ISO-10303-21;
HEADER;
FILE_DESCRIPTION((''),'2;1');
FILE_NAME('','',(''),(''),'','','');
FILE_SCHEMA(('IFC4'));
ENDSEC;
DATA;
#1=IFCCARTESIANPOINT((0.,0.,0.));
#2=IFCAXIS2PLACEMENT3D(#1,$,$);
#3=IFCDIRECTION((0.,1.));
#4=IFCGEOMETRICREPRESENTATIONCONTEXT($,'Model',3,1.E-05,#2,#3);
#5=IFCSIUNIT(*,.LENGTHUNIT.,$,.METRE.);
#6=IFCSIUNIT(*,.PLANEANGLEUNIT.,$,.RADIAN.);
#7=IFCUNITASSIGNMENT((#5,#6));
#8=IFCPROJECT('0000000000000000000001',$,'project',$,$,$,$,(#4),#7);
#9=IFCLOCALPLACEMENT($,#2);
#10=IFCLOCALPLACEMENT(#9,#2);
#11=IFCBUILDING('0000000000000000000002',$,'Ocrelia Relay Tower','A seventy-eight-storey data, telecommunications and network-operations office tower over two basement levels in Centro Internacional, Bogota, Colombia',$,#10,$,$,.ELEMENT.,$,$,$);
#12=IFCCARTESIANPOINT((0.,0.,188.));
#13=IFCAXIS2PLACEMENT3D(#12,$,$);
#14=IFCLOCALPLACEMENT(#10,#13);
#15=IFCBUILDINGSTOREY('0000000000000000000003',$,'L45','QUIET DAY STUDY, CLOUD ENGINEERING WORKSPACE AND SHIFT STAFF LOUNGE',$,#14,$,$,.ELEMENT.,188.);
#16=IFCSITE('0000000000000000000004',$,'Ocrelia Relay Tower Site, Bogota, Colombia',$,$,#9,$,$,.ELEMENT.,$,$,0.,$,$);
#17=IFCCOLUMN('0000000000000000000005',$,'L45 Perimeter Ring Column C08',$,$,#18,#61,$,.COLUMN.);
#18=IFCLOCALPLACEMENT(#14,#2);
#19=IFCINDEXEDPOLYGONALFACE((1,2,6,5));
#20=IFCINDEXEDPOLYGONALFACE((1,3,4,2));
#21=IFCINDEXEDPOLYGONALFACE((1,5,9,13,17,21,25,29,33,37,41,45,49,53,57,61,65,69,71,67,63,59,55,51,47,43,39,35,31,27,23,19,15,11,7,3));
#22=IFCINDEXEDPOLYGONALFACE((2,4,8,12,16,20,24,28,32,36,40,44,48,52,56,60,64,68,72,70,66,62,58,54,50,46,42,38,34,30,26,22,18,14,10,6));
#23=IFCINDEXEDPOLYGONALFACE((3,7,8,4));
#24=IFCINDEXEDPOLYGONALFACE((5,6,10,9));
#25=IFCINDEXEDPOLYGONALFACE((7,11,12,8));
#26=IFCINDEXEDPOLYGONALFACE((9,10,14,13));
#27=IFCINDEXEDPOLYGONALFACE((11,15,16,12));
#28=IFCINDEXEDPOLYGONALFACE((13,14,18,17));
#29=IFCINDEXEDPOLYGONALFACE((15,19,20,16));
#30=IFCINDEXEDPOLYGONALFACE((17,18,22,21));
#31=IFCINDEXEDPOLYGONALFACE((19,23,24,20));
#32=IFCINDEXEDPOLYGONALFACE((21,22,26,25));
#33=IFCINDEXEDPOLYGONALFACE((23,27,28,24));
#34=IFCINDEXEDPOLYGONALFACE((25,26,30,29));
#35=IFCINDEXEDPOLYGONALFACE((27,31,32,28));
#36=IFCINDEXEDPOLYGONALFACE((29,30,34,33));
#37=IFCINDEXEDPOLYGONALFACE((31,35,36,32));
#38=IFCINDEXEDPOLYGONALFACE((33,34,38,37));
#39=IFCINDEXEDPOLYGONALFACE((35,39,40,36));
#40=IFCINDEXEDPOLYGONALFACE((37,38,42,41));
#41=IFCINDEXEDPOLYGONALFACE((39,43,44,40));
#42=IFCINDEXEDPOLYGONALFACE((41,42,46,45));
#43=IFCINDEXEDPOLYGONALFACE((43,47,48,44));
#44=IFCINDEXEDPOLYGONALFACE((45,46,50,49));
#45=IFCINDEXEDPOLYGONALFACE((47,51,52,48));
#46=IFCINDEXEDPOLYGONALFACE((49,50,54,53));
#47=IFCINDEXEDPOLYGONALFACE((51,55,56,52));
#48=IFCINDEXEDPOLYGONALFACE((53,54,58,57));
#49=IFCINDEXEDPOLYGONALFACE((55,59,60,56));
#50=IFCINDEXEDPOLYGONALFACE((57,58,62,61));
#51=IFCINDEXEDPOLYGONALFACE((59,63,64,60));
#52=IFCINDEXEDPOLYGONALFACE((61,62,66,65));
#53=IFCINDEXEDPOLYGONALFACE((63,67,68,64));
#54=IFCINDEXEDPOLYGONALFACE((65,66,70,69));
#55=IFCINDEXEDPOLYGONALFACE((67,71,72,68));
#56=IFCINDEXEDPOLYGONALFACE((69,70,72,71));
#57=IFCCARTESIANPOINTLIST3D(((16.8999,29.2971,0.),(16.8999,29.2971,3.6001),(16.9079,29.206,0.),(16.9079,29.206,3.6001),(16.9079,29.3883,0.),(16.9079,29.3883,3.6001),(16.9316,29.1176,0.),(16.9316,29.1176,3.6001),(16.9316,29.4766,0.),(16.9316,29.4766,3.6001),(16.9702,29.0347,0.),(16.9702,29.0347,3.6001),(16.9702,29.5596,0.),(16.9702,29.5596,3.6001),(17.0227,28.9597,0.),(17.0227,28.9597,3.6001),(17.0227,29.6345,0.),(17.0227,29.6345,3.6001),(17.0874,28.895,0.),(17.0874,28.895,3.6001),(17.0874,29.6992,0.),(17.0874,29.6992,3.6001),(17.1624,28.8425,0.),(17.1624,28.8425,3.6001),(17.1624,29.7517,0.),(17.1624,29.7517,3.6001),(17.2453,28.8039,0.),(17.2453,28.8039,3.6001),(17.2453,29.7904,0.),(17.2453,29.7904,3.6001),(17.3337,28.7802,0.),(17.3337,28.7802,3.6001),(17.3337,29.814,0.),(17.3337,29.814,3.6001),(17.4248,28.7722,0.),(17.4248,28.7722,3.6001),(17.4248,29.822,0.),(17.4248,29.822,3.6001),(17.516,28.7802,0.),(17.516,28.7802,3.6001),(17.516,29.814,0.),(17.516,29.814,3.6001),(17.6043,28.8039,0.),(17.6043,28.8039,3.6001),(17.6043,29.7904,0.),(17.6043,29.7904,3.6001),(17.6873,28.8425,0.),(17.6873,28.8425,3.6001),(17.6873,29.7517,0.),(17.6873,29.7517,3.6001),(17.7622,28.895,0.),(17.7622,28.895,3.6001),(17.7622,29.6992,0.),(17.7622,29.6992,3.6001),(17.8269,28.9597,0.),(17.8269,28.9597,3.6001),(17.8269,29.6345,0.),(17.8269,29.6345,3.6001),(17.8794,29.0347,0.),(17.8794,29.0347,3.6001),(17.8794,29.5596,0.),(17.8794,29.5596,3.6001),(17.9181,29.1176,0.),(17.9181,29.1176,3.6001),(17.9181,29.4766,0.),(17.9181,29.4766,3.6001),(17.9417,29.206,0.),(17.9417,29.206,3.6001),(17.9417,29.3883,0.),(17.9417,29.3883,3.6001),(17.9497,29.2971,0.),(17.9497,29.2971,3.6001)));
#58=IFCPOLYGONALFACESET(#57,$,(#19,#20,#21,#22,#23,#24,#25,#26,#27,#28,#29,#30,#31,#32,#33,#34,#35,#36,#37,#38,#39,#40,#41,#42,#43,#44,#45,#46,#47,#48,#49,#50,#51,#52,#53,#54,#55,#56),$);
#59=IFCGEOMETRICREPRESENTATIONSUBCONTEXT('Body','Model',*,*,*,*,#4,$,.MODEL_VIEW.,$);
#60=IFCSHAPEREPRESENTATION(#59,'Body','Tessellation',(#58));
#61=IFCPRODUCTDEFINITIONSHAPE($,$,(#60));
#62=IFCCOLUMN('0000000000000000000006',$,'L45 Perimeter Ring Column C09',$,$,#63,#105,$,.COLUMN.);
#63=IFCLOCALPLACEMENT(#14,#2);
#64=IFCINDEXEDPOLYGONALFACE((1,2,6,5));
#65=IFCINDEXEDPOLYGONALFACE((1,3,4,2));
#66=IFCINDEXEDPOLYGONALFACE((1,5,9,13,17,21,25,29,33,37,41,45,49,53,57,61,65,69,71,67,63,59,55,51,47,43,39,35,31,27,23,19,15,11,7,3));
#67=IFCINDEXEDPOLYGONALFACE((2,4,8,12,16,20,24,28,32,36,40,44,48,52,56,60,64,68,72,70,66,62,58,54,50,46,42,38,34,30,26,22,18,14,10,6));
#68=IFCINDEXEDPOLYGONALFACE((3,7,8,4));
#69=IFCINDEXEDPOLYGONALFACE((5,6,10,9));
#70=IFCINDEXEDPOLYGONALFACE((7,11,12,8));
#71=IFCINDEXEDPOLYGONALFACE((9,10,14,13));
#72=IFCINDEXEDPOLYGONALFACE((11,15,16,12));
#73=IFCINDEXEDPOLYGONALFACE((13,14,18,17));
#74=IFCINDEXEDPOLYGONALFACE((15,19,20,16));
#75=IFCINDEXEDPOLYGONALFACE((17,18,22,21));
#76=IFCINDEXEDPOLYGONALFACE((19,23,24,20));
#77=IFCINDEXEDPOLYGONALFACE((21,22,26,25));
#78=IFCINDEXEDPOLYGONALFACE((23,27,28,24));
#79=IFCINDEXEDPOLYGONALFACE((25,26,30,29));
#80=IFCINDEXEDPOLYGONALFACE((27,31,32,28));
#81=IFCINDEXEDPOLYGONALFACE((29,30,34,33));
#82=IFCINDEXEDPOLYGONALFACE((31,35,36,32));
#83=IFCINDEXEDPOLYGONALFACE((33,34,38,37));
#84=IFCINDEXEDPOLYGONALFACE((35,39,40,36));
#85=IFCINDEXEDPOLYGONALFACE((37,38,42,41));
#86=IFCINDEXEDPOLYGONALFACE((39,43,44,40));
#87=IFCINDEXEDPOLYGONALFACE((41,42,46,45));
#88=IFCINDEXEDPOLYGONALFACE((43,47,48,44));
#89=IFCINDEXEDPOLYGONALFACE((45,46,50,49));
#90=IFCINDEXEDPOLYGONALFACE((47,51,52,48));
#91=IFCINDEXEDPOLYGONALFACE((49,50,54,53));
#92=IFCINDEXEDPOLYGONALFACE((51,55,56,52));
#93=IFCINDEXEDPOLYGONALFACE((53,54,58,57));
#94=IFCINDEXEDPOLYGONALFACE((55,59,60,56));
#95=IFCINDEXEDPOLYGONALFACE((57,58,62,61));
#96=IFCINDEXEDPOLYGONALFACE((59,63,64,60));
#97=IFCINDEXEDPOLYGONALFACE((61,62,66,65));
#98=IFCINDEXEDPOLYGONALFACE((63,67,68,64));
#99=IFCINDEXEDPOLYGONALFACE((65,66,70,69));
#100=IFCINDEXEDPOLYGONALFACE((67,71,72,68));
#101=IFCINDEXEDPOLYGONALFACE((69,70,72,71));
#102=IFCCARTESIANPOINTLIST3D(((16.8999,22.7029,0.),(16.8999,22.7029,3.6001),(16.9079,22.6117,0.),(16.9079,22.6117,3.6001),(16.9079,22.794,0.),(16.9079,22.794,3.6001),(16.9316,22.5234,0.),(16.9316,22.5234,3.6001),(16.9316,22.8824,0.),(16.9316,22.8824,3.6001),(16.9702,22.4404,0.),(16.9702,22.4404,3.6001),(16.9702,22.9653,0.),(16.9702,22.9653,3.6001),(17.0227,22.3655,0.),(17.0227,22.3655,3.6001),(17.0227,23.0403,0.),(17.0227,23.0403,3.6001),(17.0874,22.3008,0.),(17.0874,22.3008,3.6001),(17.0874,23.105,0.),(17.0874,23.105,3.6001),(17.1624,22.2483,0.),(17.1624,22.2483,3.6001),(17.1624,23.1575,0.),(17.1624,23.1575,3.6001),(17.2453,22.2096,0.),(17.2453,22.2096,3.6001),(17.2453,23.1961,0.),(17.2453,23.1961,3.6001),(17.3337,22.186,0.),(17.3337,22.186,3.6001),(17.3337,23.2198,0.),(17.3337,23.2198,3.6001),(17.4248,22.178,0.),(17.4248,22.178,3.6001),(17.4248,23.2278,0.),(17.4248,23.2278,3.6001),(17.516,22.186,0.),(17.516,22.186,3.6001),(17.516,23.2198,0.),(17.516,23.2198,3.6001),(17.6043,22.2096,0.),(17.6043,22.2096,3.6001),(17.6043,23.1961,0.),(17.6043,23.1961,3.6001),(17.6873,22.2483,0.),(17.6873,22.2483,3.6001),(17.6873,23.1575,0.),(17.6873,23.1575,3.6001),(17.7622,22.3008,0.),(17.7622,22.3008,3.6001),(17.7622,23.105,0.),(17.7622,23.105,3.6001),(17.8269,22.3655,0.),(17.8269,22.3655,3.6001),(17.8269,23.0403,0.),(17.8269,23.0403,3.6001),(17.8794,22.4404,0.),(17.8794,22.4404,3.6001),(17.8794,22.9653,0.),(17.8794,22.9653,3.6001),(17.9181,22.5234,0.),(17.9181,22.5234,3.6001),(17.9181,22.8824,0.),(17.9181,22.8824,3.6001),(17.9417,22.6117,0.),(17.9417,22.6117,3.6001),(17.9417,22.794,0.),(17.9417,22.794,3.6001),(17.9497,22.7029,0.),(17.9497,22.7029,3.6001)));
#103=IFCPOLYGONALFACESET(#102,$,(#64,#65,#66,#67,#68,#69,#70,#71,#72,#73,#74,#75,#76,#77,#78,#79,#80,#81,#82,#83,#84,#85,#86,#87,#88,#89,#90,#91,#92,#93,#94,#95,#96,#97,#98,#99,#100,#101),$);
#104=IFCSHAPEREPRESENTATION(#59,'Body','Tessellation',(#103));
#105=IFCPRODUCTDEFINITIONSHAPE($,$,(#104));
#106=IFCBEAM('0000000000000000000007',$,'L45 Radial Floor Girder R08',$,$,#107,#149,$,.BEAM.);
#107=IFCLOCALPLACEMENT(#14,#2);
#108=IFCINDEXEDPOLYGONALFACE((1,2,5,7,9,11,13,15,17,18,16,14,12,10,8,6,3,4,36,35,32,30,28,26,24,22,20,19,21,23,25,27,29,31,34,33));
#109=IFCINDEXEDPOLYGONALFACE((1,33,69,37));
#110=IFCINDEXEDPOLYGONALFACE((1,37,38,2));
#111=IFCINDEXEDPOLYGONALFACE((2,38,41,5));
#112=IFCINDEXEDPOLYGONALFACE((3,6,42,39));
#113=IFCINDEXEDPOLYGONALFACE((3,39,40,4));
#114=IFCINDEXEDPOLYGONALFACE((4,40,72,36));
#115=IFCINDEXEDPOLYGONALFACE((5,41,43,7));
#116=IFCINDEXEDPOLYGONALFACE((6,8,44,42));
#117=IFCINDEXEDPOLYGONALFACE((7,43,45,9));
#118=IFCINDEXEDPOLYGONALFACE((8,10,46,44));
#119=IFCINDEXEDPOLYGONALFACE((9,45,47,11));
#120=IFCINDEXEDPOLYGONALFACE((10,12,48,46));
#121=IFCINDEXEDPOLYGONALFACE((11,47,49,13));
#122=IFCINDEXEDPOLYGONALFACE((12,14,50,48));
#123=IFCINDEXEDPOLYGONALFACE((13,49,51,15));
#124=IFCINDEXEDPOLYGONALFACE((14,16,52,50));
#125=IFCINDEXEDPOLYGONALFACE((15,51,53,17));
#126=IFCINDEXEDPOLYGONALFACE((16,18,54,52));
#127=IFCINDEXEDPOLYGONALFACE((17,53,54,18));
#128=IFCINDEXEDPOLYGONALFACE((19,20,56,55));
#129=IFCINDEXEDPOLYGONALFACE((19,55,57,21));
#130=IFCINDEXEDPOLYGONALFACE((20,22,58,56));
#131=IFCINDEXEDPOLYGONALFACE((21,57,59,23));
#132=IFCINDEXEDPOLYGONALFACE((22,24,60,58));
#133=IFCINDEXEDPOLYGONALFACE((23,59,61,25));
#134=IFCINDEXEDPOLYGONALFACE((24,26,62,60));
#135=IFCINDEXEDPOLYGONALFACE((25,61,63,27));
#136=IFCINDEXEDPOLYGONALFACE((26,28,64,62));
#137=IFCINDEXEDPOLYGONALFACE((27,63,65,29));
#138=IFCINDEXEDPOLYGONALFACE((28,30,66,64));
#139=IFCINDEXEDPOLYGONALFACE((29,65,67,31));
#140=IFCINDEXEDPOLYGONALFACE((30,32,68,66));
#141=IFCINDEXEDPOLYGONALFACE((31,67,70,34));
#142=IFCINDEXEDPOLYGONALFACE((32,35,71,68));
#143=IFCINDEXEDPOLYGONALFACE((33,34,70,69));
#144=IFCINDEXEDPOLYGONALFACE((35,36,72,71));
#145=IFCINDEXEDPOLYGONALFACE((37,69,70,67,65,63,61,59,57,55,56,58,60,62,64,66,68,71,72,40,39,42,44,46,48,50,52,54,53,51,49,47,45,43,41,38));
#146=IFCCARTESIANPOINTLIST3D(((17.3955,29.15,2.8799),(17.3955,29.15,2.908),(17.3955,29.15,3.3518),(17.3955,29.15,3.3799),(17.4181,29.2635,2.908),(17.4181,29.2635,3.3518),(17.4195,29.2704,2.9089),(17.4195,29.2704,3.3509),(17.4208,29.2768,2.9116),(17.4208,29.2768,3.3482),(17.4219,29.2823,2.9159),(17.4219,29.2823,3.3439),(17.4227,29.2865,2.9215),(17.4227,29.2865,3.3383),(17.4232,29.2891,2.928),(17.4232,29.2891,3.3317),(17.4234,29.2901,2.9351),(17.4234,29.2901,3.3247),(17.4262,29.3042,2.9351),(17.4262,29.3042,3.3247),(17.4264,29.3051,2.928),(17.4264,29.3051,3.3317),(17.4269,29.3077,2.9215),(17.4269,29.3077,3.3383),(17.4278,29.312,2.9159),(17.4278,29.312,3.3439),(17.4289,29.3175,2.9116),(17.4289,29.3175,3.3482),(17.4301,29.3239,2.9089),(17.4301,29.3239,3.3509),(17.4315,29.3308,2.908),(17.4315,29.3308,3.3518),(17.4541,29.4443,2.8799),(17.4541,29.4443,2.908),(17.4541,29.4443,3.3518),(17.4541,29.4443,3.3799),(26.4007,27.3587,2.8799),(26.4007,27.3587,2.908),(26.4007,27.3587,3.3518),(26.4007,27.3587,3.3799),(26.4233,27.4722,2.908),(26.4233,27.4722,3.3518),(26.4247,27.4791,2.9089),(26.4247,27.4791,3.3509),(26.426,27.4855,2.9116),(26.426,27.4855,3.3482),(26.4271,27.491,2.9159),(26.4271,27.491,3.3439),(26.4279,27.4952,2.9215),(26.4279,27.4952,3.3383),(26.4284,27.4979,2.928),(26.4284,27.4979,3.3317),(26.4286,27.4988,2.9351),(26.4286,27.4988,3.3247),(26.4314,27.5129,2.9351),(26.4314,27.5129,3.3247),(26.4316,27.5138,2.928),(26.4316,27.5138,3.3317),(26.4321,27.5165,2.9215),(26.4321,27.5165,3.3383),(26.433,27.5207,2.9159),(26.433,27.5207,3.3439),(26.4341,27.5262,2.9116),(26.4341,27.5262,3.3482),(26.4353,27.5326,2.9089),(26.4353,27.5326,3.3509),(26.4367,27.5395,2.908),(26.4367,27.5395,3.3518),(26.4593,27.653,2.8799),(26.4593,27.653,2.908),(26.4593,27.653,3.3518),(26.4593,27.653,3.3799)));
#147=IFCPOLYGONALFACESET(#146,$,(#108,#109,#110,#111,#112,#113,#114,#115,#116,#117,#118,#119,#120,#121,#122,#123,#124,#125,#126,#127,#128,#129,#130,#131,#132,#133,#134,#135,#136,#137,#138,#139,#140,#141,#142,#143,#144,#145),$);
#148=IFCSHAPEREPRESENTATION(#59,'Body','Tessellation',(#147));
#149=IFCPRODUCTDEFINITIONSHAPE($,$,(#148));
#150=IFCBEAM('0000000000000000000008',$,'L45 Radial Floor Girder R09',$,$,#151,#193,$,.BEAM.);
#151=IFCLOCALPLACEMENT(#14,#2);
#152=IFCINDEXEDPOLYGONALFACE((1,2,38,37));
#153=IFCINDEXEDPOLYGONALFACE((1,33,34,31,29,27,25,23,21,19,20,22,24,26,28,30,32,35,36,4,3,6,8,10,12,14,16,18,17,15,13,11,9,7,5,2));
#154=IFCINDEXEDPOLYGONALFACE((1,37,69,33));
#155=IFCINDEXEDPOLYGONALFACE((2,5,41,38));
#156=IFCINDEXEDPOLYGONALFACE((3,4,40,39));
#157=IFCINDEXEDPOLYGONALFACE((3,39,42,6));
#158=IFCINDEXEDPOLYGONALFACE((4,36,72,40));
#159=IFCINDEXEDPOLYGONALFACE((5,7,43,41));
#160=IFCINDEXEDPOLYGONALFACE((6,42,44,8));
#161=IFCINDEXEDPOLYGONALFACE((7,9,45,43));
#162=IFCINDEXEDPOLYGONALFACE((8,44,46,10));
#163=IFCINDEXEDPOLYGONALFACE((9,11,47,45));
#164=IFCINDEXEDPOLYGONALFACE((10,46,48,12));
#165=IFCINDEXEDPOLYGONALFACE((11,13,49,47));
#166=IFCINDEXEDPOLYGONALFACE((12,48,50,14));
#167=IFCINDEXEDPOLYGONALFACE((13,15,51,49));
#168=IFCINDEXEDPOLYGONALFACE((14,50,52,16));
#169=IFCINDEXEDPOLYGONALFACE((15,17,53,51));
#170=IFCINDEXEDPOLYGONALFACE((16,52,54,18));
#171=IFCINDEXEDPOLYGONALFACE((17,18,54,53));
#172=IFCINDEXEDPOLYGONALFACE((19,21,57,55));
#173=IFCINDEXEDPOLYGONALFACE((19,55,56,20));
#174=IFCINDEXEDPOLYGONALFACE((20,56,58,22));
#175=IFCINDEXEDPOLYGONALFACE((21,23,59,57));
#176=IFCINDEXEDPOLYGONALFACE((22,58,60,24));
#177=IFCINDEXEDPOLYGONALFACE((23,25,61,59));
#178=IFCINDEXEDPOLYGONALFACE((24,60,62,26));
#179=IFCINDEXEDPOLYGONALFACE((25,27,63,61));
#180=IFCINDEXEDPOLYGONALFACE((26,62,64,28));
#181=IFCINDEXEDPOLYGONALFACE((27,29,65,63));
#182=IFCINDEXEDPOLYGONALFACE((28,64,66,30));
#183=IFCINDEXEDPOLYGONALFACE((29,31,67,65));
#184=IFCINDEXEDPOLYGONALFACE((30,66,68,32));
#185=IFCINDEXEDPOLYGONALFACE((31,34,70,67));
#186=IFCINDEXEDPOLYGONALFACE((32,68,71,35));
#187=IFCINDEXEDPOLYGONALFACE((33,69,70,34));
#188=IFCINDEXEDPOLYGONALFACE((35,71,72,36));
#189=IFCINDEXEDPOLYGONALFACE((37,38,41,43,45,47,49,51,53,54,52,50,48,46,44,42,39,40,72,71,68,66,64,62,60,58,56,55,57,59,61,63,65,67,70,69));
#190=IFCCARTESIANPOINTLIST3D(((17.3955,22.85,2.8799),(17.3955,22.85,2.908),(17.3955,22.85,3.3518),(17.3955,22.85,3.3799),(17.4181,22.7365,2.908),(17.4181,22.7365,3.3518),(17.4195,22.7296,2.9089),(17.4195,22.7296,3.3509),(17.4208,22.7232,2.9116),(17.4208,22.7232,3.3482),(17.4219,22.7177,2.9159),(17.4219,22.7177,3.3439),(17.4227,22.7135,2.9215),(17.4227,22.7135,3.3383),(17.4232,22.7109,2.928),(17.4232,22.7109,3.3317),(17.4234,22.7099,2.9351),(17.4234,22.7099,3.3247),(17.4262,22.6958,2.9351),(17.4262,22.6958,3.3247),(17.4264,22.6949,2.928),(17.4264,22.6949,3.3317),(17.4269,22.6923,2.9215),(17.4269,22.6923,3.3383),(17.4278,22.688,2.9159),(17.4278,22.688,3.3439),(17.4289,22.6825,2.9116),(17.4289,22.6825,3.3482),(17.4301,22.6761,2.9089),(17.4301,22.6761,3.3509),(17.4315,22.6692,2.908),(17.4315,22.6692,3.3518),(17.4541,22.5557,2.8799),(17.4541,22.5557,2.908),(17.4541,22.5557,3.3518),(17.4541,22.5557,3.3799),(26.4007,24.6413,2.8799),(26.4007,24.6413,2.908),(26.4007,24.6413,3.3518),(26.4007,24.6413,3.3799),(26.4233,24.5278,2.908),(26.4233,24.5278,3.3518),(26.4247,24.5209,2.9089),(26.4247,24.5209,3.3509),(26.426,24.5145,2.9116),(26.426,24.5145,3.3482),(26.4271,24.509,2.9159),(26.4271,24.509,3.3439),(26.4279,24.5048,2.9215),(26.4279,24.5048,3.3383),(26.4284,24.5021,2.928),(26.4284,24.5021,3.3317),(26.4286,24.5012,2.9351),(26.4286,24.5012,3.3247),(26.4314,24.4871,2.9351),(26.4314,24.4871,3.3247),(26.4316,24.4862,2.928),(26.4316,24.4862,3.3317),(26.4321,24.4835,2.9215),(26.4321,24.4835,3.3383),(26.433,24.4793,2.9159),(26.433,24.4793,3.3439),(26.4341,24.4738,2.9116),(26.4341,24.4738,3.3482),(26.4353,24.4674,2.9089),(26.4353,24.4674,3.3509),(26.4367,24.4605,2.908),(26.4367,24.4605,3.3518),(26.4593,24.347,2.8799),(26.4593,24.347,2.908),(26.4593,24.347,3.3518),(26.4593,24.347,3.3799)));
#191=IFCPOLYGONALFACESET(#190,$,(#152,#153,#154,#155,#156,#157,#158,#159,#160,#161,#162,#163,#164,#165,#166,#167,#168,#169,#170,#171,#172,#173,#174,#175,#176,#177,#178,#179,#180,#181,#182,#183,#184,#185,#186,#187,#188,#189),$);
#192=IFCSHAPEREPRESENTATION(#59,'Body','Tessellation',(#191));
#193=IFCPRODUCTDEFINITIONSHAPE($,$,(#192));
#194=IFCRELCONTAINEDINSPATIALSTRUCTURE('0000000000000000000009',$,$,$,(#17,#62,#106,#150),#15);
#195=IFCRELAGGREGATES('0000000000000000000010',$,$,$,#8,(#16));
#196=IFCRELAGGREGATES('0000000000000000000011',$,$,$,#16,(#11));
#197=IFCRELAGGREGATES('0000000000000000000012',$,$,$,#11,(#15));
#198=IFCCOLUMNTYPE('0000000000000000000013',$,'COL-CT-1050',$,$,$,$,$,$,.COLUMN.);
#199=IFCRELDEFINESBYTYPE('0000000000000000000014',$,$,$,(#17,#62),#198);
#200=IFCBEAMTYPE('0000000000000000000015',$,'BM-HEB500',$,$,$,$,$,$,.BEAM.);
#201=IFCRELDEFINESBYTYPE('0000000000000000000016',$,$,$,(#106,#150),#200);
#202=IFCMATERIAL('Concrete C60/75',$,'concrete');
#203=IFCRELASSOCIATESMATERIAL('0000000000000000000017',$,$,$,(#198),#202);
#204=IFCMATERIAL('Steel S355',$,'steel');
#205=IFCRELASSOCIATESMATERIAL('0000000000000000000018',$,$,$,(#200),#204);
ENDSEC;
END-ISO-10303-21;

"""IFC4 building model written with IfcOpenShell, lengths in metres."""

from ifc_helpers import new_model, si_unit, direction, frame, origin, origin_2d, place, context, subcontext, project, spatial, circle, i_section, extrude, material, material_profile, profile_set, type_object, element, save


model = new_model("IFC4")

# Units and contexts
model_context = context("Model", 3, precision=1e-05, world=origin(), true_north=direction((0.0, 1.0)))
body_context = subcontext(model_context, "Body", "Model", "MODEL_VIEW")
ifc_project = project(units=[si_unit("LENGTHUNIT", "METRE"), si_unit("PLANEANGLEUNIT", "RADIAN")], contexts=[model_context])

# Site, building, storey
site_placement = place(None, origin())
site = spatial("IfcSite", under=ifc_project, at=site_placement, Name="Ocrelia Relay Tower Site, Bogota, Colombia", CompositionType="ELEMENT", RefElevation=0.0)
building_placement = place(site_placement, origin())
building = spatial("IfcBuilding", under=site, at=building_placement, Name="Ocrelia Relay Tower", Description="A seventy-eight-storey data, telecommunications and network-operations office tower over two basement levels in Centro Internacional, Bogota, Colombia", CompositionType="ELEMENT")
storey_placement = place(building_placement, frame((0.0, 0.0, 188.0)))
storey = spatial("IfcBuildingStorey", under=building, at=storey_placement, Name="L45", Description="QUIET DAY STUDY, CLOUD ENGINEERING WORKSPACE AND SHIFT STAFF LOUNGE", CompositionType="ELEMENT", Elevation=188.0)

# Columns
ifc_material_1 = material(Name="Concrete C60/75", Category="concrete")
ifc_material_profile_1 = material_profile(ifc_material_1, circle(Radius=0.5249, at=origin_2d()), Name="RC-CIR-1050")
ifc_profile_set_1 = profile_set([ifc_material_profile_1], Name="Concrete C60/75")
column_type = type_object("IfcColumnType", Name="COL-CT-1050", PredefinedType="COLUMN", material=ifc_profile_set_1)
for number, where, z_axis, x_axis, name in (
    (1, (17.4248, 29.2971, 0.0), (0.0, 0.0, 1.0), (1.0, 0.0, 0.0), "L45 Perimeter Ring Column C08"),
    (2, (17.4248, 22.7029, 0.0), (0.0, 0.0, 1.0), (1.0, 0.0, 0.0), "L45 Perimeter Ring Column C09"),
):
    element("IfcColumn", number, at=place(storey_placement, frame(where, z_axis=z_axis, x_axis=x_axis)), inside=storey, type_object=column_type, Name=name, PredefinedType="COLUMN", context=body_context, shape_type="SweptSolid", body=[
        extrude(circle(Radius=0.5249, at=origin_2d()), origin(), (0.0, 0.0, 1.0), 3.6001),
    ])

# Beams
ifc_material_2 = material(Name="Steel S355", Category="steel")
ifc_material_profile_2 = material_profile(ifc_material_2, i_section(OverallWidth=0.3, OverallDepth=0.5, WebThickness=0.0144, FlangeThickness=0.0281, FilletRadius=0.0271, at=origin_2d()), Name="HEB 500")
ifc_profile_set_2 = profile_set([ifc_material_profile_2], Name="Steel S355")
beam_type_1 = type_object("IfcBeamType", Name="BM-HEB500", PredefinedType="BEAM", material=ifc_profile_set_2)
for number, where, z_axis, x_axis, name in (
    (3, (17.4248, 29.2971, 3.1299), (0.980785, -0.195093, 0.0), (0.195093, 0.980785, 0.0), "L45 Radial Floor Girder R08"),
    (4, (17.4248, 22.7029, 3.1299), (0.980785, 0.195093, 0.0), (-0.195093, 0.980785, 0.0), "L45 Radial Floor Girder R09"),
):
    element("IfcBeam", number, at=place(storey_placement, frame(where, z_axis=z_axis, x_axis=x_axis)), inside=storey, type_object=beam_type_1, Name=name, PredefinedType="BEAM", context=body_context, shape_type="SweptSolid", body=[
        extrude(i_section(OverallWidth=0.3, OverallDepth=0.5, WebThickness=0.0144, FlangeThickness=0.0281, FilletRadius=0.0271, at=origin_2d()), origin(), (0.0, 0.0, 1.0), 9.1816),
    ])

save(model, "model.ifc")
